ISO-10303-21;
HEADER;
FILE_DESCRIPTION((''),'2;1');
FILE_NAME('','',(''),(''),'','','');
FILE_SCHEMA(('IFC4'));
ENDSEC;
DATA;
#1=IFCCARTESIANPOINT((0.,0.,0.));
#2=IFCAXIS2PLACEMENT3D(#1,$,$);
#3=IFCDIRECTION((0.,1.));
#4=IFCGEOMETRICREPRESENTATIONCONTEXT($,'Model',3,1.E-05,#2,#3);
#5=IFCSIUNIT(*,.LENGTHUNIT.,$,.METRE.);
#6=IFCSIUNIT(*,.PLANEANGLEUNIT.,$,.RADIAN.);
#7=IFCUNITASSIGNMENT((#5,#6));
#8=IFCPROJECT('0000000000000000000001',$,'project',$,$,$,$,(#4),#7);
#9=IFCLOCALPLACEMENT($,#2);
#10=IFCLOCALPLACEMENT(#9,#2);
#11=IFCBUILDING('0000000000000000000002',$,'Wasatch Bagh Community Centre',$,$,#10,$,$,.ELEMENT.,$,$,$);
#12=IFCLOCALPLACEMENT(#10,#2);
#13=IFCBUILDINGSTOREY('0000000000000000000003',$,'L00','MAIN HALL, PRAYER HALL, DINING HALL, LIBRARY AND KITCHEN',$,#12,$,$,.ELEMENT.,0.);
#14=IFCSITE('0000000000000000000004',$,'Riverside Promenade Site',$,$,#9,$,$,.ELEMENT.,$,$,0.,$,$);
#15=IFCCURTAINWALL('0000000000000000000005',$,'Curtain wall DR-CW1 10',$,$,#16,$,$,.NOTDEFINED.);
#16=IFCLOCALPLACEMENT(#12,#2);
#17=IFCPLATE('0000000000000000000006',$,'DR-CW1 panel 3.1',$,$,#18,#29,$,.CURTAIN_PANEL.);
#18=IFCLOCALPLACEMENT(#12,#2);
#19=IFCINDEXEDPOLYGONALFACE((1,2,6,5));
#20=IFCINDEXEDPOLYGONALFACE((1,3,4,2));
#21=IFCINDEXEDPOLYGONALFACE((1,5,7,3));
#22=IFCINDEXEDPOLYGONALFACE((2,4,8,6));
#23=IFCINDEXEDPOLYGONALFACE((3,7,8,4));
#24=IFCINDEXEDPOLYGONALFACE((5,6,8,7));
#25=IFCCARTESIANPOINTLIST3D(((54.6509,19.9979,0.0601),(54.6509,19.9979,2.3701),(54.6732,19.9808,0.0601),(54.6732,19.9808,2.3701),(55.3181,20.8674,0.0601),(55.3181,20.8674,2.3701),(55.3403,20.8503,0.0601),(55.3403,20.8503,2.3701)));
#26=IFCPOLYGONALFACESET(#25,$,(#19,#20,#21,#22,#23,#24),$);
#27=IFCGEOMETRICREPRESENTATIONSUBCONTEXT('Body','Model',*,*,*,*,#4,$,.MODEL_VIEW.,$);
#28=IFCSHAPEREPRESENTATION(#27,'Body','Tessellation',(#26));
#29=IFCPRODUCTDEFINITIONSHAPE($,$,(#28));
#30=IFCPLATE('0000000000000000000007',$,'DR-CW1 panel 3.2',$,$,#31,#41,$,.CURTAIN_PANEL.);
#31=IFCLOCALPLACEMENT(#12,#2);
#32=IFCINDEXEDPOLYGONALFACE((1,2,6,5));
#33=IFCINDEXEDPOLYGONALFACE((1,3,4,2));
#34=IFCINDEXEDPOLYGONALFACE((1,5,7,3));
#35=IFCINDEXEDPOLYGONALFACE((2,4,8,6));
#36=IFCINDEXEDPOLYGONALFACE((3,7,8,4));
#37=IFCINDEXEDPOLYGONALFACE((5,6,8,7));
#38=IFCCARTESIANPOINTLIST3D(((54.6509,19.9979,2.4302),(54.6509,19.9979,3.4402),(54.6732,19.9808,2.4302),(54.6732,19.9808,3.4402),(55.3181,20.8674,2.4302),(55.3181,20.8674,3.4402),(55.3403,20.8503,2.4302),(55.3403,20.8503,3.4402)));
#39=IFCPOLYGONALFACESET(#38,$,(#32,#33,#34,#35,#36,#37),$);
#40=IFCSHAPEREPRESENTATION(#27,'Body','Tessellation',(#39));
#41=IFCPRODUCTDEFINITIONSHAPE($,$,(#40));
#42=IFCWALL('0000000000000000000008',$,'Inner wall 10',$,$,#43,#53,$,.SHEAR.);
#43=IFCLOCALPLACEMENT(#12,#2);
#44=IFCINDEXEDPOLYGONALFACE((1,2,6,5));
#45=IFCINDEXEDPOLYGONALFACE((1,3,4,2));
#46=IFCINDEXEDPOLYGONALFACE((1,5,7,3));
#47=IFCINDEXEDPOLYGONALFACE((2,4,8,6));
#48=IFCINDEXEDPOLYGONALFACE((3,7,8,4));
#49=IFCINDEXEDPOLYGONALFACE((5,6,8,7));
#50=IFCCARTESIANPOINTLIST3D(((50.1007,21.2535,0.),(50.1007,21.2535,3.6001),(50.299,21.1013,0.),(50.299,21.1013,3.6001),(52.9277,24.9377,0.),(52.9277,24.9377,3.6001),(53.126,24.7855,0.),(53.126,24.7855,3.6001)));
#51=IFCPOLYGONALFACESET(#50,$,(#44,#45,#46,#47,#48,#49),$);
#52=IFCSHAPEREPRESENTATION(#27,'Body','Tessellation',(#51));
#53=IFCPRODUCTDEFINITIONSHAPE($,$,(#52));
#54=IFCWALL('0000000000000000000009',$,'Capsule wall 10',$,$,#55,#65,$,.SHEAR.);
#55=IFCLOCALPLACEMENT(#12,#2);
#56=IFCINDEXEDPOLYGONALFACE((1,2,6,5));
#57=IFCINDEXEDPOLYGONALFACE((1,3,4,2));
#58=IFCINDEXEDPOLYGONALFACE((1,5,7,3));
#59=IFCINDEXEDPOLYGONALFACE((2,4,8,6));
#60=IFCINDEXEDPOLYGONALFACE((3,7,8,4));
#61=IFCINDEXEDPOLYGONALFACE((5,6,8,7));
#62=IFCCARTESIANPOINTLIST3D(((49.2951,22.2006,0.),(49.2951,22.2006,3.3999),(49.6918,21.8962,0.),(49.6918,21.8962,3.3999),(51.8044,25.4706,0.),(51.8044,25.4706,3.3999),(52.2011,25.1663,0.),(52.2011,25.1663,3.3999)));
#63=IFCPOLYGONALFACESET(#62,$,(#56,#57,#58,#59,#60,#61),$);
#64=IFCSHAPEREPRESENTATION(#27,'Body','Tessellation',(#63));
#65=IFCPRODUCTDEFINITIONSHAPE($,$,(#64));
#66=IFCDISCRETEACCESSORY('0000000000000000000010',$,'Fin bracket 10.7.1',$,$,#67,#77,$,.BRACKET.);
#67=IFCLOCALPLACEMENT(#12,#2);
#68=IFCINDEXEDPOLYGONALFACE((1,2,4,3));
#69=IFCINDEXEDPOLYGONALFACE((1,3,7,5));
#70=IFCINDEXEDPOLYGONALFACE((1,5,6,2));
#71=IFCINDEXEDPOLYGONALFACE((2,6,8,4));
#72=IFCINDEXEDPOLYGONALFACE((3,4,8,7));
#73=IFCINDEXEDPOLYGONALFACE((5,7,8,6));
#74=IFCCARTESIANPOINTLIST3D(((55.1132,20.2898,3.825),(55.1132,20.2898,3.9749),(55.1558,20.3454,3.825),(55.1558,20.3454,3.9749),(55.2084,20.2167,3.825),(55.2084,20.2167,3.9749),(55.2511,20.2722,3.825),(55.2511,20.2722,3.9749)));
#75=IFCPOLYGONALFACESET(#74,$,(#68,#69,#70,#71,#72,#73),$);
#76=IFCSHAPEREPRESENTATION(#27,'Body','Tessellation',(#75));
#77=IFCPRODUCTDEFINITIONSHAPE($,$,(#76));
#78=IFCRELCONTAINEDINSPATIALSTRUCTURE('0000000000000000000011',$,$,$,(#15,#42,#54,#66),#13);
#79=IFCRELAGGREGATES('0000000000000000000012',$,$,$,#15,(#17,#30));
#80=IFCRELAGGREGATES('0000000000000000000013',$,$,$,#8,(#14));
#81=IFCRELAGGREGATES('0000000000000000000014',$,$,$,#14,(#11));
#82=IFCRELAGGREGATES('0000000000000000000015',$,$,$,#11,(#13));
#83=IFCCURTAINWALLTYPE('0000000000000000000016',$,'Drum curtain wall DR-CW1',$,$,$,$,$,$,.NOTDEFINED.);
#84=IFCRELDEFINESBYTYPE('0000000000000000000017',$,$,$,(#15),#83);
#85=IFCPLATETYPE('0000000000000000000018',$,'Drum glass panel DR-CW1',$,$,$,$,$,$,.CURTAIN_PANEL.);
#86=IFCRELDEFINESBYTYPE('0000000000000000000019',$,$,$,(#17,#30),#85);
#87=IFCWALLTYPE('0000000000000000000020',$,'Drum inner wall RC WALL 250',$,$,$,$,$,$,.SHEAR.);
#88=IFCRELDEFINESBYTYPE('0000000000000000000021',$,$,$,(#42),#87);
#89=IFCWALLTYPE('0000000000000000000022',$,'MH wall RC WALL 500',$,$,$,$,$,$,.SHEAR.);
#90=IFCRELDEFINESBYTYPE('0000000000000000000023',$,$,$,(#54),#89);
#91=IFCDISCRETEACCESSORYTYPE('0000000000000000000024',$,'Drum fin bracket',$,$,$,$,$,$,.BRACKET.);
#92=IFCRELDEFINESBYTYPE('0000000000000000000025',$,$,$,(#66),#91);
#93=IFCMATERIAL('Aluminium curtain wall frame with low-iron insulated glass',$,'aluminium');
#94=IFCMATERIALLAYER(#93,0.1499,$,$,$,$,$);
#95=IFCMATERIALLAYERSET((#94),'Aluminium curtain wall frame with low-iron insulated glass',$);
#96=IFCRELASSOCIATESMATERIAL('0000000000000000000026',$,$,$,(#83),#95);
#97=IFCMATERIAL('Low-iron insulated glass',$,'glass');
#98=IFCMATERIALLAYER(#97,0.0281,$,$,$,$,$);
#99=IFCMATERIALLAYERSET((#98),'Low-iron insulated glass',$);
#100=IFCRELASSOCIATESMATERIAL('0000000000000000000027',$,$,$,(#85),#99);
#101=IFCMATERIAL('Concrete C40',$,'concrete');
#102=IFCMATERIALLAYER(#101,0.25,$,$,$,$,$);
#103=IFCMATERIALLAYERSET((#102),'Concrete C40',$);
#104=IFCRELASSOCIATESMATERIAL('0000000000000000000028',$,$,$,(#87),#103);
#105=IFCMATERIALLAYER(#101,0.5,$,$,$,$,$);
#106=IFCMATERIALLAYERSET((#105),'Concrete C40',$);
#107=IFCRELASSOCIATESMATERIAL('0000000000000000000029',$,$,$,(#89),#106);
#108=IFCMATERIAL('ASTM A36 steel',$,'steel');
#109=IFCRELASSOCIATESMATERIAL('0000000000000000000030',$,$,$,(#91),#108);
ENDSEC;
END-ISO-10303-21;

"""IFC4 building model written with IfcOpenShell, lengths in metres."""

from ifc_helpers import new_model, si_unit, direction, frame, frame_2d, origin, origin_2d, place, context, subcontext, project, spatial, rectangle, extrude, material, layer, layer_set, type_object, element, aggregate, save


model = new_model("IFC4")

# Units and contexts
model_context = context("Model", 3, precision=1e-05, world=origin(), true_north=direction((0.0, 1.0)))
body_context = subcontext(model_context, "Body", "Model", "MODEL_VIEW")
ifc_project = project(units=[si_unit("LENGTHUNIT", "METRE"), si_unit("PLANEANGLEUNIT", "RADIAN")], contexts=[model_context])

# Site, building, storey
site_placement = place(None, origin())
site = spatial("IfcSite", under=ifc_project, at=site_placement, Name="Riverside Promenade Site", CompositionType="ELEMENT", RefElevation=0.0)
building_placement = place(site_placement, origin())
building = spatial("IfcBuilding", under=site, at=building_placement, Name="Wasatch Bagh Community Centre", CompositionType="ELEMENT")
storey_placement = place(building_placement, origin())
storey = spatial("IfcBuildingStorey", under=building, at=storey_placement, Name="L00", Description="MAIN HALL, PRAYER HALL, DINING HALL, LIBRARY AND KITCHEN", CompositionType="ELEMENT", Elevation=0.0)

# Shared definitions
ifc_material_1 = material(Name="Concrete C40", Category="concrete")

# Curtain wall
ifc_material_2 = material(Name="Aluminium curtain wall frame with low-iron insulated glass", Category="aluminium")
ifc_layer_1 = layer(ifc_material_2, 0.1499)
ifc_layer_set_1 = layer_set([ifc_layer_1], Name="Aluminium curtain wall frame with low-iron insulated glass")
curtain_wall_type = type_object("IfcCurtainWallType", Name="Drum curtain wall DR-CW1", PredefinedType="NOTDEFINED", material=ifc_layer_set_1)
curtain_wall_placement = place(storey_placement, origin())
curtain_wall = element("IfcCurtainWall", 1, at=curtain_wall_placement, inside=storey, type_object=curtain_wall_type, Name="Curtain wall DR-CW1 10", PredefinedType="NOTDEFINED")

# Plates
ifc_material_3 = material(Name="Low-iron insulated glass", Category="glass")
ifc_layer_2 = layer(ifc_material_3, 0.0281)
ifc_layer_set_2 = layer_set([ifc_layer_2], Name="Low-iron insulated glass")
plate_type = type_object("IfcPlateType", Name="Drum glass panel DR-CW1", PredefinedType="CURTAIN_PANEL", material=ifc_layer_set_2)
plate_1_placement = place(storey_placement, frame((54.9956, 20.4241, 0.0601), z_axis=(0.0, 0.0, 1.0), x_axis=(0.608761, 0.793353, 0.0)))
plate_1 = element("IfcPlate", 2, at=plate_1_placement, type_object=plate_type, Name="DR-CW1 panel 3.1", PredefinedType="CURTAIN_PANEL", context=body_context, shape_type="SweptSolid", body=[
    extrude(rectangle(XDim=1.0959, YDim=0.0281, at=origin_2d()), origin(), (0.0, 0.0, 1.0), 2.3101),
])
plate_2_placement = place(storey_placement, frame((54.9956, 20.4241, 2.4302), z_axis=(0.0, 0.0, 1.0), x_axis=(0.608761, 0.793353, 0.0)))
plate_2 = element("IfcPlate", 3, at=plate_2_placement, type_object=plate_type, Name="DR-CW1 panel 3.2", PredefinedType="CURTAIN_PANEL", context=body_context, shape_type="SweptSolid", body=[
    extrude(rectangle(XDim=1.0959, YDim=0.0281, at=origin_2d()), origin(), (0.0, 0.0, 1.0), 1.01),
])
aggregate(curtain_wall, [plate_1, plate_2])

# Walls
ifc_layer_3 = layer(ifc_material_1, 0.25)
ifc_layer_set_3 = layer_set([ifc_layer_3], Name="Concrete C40")
wall_type_1 = type_object("IfcWallType", Name="Drum inner wall RC WALL 250", PredefinedType="SHEAR", material=ifc_layer_set_3)
wall_1_placement = place(storey_placement, frame((50.2, 21.1775, 0.0), z_axis=(0.0, 0.0, 1.0), x_axis=(0.608763, 0.793352, 0.0)))
element("IfcWall", 4, at=wall_1_placement, inside=storey, type_object=wall_type_1, Name="Inner wall 10", PredefinedType="SHEAR", context=body_context, shape_type="SweptSolid", body=[
    extrude(rectangle(XDim=4.6438, YDim=0.25, at=frame_2d((2.3218, 0.0))), origin(), (0.0, 0.0, 1.0), 3.6001),
])
ifc_layer_4 = layer(ifc_material_1, 0.5)
ifc_layer_set_4 = layer_set([ifc_layer_4], Name="Concrete C40")
wall_type_2 = type_object("IfcWallType", Name="MH wall RC WALL 500", PredefinedType="SHEAR", material=ifc_layer_set_4)
wall_2_placement = place(storey_placement, frame((49.4934, 22.0483, 0.0), z_axis=(0.0, 0.0, 1.0), x_axis=(0.608777, 0.793341, 0.0)))
element("IfcWall", 5, at=wall_2_placement, inside=storey, type_object=wall_type_2, Name="Capsule wall 10", PredefinedType="SHEAR", context=body_context, shape_type="SweptSolid", body=[
    extrude(rectangle(XDim=4.1218, YDim=0.5, at=frame_2d((2.061, 0.0))), origin(), (0.0, 0.0, 1.0), 3.3999),
])

# Discrete accessory
ifc_material_4 = material(Name="ASTM A36 steel", Category="steel")
discrete_accessory_type = type_object("IfcDiscreteAccessoryType", Name="Drum fin bracket", PredefinedType="BRACKET", material=ifc_material_4)
discrete_accessory_placement = place(storey_placement, frame((55.1821, 20.281, 3.825), z_axis=(0.0, 0.0, 1.0), x_axis=(0.608761, 0.793353, 0.0)))
element("IfcDiscreteAccessory", 6, at=discrete_accessory_placement, inside=storey, type_object=discrete_accessory_type, Name="Fin bracket 10.7.1", PredefinedType="BRACKET", context=body_context, shape_type="SweptSolid", body=[
    extrude(rectangle(XDim=0.0701, YDim=0.1201, at=origin_2d()), origin(), (0.0, 0.0, 1.0), 0.1499),
])

save(model, "model.ifc")
